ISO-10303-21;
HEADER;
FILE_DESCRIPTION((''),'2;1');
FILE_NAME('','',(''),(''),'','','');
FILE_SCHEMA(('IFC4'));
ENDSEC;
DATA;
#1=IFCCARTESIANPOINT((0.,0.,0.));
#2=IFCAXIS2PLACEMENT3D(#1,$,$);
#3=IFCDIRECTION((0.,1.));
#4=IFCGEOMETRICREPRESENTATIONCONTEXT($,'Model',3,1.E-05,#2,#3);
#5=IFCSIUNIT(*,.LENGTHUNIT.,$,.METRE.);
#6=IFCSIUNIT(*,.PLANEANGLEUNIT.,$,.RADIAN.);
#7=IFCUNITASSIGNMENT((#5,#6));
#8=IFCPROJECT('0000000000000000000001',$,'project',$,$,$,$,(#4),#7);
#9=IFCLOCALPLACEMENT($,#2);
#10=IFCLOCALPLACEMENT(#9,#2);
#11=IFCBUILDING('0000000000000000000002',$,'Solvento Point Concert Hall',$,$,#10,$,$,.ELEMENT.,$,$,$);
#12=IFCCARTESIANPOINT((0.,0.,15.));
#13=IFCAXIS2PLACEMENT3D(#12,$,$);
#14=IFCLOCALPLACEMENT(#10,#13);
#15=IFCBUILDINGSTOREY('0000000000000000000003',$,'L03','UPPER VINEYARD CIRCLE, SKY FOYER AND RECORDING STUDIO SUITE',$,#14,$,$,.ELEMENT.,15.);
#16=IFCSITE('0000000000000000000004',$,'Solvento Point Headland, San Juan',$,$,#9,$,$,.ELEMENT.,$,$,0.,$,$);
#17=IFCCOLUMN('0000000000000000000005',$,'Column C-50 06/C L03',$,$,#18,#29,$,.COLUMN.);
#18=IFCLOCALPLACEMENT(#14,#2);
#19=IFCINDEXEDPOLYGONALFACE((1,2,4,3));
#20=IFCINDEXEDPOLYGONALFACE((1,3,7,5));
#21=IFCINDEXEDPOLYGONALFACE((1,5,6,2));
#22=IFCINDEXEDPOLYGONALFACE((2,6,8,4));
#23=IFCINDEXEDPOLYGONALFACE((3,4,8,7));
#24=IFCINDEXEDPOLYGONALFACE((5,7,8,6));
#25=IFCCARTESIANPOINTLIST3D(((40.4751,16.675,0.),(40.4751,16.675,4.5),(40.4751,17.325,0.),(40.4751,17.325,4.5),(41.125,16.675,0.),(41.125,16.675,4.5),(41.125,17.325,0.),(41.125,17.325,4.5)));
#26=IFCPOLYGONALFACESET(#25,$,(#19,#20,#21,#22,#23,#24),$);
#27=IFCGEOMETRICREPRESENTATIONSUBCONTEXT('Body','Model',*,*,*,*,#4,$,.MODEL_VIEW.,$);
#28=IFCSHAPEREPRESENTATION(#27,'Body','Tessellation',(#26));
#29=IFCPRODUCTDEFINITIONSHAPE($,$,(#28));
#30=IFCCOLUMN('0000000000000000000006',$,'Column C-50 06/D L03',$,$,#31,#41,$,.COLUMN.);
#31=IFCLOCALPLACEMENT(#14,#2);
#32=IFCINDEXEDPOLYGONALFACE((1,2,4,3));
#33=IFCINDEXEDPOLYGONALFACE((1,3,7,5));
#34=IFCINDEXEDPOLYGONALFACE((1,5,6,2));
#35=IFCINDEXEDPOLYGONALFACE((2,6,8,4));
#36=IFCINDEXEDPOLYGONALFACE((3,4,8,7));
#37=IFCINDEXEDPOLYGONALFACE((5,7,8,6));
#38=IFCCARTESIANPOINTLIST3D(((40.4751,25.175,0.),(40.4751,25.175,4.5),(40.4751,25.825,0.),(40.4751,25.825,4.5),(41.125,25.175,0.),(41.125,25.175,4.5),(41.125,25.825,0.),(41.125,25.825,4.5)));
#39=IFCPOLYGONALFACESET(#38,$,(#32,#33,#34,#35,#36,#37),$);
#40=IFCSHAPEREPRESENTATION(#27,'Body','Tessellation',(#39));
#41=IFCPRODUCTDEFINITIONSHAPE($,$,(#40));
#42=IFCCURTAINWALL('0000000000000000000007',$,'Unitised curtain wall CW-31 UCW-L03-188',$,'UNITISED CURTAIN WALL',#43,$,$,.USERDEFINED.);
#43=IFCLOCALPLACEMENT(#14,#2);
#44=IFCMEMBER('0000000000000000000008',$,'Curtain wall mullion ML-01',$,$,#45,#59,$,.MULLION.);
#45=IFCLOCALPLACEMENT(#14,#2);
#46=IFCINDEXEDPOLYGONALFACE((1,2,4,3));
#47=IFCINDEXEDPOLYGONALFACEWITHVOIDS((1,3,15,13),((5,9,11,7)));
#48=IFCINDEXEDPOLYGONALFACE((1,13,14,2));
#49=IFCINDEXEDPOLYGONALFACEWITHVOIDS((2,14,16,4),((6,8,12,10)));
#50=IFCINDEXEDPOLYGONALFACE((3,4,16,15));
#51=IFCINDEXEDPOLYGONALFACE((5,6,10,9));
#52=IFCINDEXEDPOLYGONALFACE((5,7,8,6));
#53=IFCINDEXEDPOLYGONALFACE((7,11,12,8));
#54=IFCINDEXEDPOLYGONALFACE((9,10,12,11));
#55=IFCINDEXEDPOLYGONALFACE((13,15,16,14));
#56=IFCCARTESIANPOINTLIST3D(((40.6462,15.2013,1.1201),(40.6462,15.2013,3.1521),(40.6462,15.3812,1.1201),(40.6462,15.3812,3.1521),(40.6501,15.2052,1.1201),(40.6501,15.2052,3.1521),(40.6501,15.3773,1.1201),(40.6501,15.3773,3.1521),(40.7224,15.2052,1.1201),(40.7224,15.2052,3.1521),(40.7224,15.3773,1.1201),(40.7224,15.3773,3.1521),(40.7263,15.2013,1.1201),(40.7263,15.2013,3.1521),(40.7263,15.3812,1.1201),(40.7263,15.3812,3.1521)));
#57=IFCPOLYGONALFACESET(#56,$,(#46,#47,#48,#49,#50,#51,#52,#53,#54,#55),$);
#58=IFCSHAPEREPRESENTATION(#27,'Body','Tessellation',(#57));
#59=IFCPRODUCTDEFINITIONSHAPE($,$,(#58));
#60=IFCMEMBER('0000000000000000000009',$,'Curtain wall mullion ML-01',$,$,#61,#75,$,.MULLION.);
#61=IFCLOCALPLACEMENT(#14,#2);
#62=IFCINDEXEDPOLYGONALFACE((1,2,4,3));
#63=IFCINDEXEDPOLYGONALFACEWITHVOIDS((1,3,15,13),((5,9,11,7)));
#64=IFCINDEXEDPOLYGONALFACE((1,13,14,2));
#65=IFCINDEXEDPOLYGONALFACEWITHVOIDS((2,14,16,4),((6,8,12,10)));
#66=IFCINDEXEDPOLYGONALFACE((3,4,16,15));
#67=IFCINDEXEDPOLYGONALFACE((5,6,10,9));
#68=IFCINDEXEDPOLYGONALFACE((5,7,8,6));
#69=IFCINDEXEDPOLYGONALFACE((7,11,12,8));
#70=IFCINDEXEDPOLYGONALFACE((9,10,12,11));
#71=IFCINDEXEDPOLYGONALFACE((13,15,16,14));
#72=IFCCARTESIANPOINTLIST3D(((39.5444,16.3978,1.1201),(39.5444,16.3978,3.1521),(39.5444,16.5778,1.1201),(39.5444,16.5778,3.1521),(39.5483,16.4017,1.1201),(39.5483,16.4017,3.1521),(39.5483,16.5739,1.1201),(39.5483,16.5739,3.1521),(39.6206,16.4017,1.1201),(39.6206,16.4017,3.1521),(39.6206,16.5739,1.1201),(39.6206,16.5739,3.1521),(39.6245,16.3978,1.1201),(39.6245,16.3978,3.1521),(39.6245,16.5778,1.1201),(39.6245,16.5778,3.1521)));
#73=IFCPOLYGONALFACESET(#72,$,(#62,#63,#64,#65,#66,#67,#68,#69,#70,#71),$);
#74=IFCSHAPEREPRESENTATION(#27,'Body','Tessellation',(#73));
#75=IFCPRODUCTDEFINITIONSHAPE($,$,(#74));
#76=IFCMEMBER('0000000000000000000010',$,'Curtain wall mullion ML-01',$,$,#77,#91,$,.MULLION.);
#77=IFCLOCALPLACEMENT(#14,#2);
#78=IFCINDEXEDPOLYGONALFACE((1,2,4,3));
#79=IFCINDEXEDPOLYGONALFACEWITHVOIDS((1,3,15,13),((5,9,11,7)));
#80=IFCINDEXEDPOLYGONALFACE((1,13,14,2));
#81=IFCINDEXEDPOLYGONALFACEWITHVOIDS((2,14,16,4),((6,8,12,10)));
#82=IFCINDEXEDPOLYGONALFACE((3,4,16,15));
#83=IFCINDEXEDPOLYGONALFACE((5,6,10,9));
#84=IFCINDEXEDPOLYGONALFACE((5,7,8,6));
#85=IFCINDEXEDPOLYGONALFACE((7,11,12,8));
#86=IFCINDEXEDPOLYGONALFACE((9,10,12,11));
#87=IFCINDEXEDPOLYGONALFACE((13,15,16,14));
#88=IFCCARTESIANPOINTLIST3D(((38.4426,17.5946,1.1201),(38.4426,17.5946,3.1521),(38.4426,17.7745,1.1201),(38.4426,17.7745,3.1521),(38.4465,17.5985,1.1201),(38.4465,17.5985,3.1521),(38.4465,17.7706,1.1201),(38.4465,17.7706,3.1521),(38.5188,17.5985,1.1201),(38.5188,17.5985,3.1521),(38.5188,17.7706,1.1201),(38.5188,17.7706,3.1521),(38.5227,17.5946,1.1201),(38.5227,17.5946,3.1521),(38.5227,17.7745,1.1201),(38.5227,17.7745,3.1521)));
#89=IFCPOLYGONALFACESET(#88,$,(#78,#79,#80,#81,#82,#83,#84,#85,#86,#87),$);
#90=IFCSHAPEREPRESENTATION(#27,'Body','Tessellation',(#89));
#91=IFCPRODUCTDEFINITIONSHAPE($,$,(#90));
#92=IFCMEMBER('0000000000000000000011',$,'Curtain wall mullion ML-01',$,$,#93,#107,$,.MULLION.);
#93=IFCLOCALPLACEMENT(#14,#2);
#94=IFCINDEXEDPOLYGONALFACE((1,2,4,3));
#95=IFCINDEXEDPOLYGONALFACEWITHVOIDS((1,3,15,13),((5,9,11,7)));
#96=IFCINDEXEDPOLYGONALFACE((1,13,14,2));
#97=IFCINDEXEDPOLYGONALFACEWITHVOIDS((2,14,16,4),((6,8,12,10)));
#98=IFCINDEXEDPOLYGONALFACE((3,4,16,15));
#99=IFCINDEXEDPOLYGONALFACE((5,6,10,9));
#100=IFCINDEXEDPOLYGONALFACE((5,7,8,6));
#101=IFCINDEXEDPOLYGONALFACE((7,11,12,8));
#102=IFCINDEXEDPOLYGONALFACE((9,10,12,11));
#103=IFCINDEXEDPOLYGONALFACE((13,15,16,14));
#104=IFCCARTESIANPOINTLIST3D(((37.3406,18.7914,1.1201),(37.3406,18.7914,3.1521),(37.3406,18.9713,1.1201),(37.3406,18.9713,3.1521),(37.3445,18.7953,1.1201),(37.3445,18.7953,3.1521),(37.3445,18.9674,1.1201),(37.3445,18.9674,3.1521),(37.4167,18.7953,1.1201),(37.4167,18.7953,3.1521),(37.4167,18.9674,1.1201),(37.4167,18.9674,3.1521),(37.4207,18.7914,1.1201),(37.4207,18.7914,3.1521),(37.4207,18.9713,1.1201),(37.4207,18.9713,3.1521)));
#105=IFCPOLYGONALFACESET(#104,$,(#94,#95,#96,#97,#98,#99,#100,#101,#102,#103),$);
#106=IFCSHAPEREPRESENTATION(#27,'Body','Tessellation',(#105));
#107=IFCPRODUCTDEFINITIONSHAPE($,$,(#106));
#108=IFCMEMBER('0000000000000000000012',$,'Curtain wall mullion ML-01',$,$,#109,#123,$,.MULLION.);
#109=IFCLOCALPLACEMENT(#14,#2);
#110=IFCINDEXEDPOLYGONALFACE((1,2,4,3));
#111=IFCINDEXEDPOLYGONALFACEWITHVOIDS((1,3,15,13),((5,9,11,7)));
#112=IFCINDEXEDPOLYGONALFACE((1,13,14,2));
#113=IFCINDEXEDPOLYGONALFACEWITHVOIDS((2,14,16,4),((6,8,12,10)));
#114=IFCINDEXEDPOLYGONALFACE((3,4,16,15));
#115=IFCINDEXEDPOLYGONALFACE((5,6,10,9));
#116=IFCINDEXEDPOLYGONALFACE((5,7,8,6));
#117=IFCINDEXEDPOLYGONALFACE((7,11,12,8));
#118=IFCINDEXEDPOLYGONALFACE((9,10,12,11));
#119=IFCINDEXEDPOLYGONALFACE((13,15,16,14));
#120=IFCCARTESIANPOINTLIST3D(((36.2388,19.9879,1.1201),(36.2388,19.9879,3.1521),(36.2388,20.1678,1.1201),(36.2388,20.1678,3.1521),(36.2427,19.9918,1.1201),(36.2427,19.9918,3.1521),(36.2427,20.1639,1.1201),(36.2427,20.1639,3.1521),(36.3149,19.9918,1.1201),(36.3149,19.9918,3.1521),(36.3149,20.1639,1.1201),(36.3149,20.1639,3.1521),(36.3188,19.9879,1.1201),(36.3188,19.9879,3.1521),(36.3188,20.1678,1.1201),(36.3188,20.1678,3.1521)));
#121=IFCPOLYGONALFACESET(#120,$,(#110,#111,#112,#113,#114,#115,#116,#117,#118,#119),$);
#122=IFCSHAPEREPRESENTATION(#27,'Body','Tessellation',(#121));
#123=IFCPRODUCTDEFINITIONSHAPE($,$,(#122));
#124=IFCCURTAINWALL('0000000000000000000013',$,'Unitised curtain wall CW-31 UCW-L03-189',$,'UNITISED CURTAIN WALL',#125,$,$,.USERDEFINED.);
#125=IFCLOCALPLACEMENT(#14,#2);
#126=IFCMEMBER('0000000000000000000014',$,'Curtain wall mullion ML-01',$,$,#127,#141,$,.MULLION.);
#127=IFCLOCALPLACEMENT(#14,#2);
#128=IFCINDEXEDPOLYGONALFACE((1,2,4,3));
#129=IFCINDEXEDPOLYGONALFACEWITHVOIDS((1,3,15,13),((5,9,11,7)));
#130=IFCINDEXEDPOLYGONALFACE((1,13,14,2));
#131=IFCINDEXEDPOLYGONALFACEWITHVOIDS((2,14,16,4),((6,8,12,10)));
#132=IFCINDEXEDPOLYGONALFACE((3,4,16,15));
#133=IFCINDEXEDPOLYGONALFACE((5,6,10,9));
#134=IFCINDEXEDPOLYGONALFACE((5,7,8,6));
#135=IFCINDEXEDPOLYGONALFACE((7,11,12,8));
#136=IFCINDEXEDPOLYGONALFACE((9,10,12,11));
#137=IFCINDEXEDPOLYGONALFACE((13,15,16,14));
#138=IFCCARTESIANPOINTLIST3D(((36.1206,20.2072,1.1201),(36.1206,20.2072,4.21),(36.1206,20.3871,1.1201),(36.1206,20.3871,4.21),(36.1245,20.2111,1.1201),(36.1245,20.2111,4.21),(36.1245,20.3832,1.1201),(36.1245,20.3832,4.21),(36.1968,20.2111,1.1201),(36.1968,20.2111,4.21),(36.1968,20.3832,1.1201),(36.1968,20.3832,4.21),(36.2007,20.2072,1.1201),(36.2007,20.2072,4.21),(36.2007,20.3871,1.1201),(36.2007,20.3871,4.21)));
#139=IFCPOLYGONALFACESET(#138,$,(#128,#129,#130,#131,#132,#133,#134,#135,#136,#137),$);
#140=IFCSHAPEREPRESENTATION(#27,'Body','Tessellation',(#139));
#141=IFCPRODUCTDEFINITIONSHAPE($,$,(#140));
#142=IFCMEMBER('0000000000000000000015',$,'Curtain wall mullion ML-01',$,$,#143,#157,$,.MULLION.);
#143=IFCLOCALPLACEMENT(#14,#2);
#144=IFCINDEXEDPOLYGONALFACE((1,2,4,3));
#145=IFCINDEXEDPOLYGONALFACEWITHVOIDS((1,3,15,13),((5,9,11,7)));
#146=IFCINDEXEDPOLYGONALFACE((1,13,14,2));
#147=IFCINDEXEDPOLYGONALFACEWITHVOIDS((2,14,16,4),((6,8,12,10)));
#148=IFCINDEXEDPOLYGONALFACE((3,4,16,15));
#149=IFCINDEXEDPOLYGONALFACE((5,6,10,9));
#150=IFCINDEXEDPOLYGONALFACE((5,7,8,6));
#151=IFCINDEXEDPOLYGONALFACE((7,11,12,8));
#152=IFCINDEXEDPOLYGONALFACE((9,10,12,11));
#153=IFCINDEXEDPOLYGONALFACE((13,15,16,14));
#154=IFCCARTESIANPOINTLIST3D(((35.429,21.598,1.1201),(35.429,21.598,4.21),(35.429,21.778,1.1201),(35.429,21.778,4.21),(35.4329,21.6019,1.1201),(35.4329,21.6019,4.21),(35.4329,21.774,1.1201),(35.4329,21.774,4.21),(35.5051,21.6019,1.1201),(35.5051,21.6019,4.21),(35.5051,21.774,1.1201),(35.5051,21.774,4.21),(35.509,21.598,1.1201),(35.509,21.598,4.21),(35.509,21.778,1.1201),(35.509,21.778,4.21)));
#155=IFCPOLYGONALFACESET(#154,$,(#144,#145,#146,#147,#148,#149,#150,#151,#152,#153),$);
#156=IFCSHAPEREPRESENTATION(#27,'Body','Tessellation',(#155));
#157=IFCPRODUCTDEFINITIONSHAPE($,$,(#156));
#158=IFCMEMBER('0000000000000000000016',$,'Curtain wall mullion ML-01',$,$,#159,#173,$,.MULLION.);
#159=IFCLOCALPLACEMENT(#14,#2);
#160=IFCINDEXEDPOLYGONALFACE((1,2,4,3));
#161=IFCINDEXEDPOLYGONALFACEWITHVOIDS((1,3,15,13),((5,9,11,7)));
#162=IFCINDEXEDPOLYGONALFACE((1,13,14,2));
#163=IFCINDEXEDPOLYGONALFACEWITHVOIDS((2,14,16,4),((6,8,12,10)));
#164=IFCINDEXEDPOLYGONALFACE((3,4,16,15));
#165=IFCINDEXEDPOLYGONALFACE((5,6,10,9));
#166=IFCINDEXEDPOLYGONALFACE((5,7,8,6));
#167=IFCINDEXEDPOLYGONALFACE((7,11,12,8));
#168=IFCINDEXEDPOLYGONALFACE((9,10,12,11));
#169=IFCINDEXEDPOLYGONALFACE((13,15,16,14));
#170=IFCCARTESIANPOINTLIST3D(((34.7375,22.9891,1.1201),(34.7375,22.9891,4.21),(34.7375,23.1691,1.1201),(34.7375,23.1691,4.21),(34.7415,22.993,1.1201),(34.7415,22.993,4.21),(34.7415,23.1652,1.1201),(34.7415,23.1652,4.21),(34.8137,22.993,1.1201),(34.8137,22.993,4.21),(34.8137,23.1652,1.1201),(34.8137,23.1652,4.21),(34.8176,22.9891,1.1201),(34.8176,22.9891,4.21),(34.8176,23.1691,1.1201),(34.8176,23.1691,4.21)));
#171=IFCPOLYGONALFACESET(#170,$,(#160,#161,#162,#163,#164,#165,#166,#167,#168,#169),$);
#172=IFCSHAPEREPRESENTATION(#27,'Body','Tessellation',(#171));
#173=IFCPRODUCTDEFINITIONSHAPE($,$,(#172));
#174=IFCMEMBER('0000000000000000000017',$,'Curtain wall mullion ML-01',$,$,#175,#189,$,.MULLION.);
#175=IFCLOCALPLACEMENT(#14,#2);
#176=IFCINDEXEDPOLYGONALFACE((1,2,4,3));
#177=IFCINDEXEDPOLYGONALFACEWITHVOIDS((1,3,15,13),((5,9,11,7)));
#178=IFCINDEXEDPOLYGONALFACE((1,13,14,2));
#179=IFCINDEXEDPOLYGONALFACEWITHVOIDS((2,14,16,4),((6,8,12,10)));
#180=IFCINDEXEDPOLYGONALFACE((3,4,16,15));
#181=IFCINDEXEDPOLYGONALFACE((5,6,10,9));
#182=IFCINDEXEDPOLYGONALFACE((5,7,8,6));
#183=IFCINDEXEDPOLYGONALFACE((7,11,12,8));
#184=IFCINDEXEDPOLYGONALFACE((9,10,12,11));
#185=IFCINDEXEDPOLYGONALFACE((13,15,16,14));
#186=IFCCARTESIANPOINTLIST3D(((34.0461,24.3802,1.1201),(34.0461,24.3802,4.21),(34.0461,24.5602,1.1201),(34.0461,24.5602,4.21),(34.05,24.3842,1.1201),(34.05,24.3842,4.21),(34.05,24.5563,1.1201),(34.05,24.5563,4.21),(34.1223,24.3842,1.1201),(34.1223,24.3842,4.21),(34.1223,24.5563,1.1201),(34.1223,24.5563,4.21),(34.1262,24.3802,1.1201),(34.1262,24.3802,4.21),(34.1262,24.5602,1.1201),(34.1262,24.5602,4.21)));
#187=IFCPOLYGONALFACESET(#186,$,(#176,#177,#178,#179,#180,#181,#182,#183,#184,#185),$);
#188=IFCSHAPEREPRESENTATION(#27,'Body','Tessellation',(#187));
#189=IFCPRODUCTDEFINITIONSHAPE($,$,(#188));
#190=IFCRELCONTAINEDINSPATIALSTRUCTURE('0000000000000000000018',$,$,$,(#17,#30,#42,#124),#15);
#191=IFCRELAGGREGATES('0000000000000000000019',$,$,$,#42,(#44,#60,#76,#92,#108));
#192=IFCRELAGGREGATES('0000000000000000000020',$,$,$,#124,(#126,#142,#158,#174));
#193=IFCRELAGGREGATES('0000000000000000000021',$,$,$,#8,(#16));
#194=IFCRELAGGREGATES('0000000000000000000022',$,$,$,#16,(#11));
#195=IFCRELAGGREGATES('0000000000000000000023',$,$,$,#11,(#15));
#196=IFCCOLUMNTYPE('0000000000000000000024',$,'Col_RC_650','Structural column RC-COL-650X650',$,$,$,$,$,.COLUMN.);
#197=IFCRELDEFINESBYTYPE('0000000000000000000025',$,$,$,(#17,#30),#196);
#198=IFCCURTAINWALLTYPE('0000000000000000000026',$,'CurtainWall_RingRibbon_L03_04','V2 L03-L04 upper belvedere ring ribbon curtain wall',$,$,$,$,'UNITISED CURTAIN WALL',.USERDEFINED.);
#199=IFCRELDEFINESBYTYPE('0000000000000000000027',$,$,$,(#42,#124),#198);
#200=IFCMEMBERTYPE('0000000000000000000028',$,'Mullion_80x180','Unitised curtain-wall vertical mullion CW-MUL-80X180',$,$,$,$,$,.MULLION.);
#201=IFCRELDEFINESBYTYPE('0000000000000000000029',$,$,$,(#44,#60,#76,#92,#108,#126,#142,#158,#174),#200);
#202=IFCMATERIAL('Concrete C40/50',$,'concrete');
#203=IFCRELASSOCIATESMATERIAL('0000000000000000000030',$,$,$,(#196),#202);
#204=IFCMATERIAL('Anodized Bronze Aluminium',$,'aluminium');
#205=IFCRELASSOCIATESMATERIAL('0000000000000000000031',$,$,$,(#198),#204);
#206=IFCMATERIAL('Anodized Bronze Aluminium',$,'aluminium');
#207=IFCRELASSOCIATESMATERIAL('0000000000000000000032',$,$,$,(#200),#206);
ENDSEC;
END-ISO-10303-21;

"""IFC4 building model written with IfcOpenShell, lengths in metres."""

from ifc_helpers import new_model, si_unit, direction, frame, origin, origin_2d, place, context, subcontext, project, spatial, rectangle, hollow_rectangle, extrude, material, material_profile, profile_set, type_object, element, aggregate, save


model = new_model("IFC4")

# Units and contexts
model_context = context("Model", 3, precision=1e-05, world=origin(), true_north=direction((0.0, 1.0)))
body_context = subcontext(model_context, "Body", "Model", "MODEL_VIEW")
ifc_project = project(units=[si_unit("LENGTHUNIT", "METRE"), si_unit("PLANEANGLEUNIT", "RADIAN")], contexts=[model_context])

# Site, building, storey
site_placement = place(None, origin())
site = spatial("IfcSite", under=ifc_project, at=site_placement, Name="Solvento Point Headland, San Juan", CompositionType="ELEMENT", RefElevation=0.0)
building_placement = place(site_placement, origin())
building = spatial("IfcBuilding", under=site, at=building_placement, Name="Solvento Point Concert Hall", CompositionType="ELEMENT")
storey_placement = place(building_placement, frame((0.0, 0.0, 15.0)))
storey = spatial("IfcBuildingStorey", under=building, at=storey_placement, Name="L03", Description="UPPER VINEYARD CIRCLE, SKY FOYER AND RECORDING STUDIO SUITE", CompositionType="ELEMENT", Elevation=15.0)

# Columns
ifc_material_1 = material(Name="Concrete C40/50", Category="concrete")
ifc_material_profile_1 = material_profile(ifc_material_1, rectangle(XDim=0.6499, YDim=0.6499, at=origin_2d()), Name="RC-COL-650X650")
ifc_profile_set_1 = profile_set([ifc_material_profile_1], Name="Concrete C40/50")
column_type = type_object("IfcColumnType", Name="Col_RC_650", Description="Structural column RC-COL-650X650", PredefinedType="COLUMN", material=ifc_profile_set_1)
for number, where, z_axis, x_axis, name in (
    (1, (40.8, 17.0, 0.0), (0.0, 0.0, 1.0), (1.0, 0.0, 0.0), "Column C-50 06/C L03"),
    (2, (40.8, 25.5, 0.0), (0.0, 0.0, 1.0), (1.0, 0.0, 0.0), "Column C-50 06/D L03"),
):
    element("IfcColumn", number, at=place(storey_placement, frame(where, z_axis=z_axis, x_axis=x_axis)), inside=storey, type_object=column_type, Name=name, PredefinedType="COLUMN", context=body_context, shape_type="SweptSolid", body=[
        extrude(rectangle(XDim=0.6499, YDim=0.6499, at=origin_2d()), origin(), (0.0, 0.0, 1.0), 4.5),
    ])

# Curtain walls, members
ifc_material_2 = material(Name="Anodized Bronze Aluminium", Category="aluminium")
curtain_wall_type = type_object("IfcCurtainWallType", Name="CurtainWall_RingRibbon_L03_04", Description="V2 L03-L04 upper belvedere ring ribbon curtain wall", ElementType="UNITISED CURTAIN WALL", PredefinedType="USERDEFINED", material=ifc_material_2)
curtain_wall_1_placement = place(storey_placement, origin())
curtain_wall_1 = element("IfcCurtainWall", 3, at=curtain_wall_1_placement, inside=storey, type_object=curtain_wall_type, Name="Unitised curtain wall CW-31 UCW-L03-188", ObjectType="UNITISED CURTAIN WALL", PredefinedType="USERDEFINED")
ifc_material_3 = material(Name="Anodized Bronze Aluminium", Category="aluminium")
ifc_material_profile_2 = material_profile(ifc_material_3, hollow_rectangle(XDim=0.0801, YDim=0.1799, WallThickness=0.0039, at=origin_2d()), Name="CW-MUL-80X180")
ifc_profile_set_2 = profile_set([ifc_material_profile_2], Name="Anodized Bronze Aluminium")
member_type_1 = type_object("IfcMemberType", Name="Mullion_80x180", Description="Unitised curtain-wall vertical mullion CW-MUL-80X180", PredefinedType="MULLION", material=ifc_profile_set_2)
member_1_placement = place(storey_placement, frame((40.6863, 15.2913, 1.1201), z_axis=(0.0, 0.0, 1.0), x_axis=(1.0, 0.0, 0.0)))
member_1 = element("IfcMember", 4, at=member_1_placement, type_object=member_type_1, Name="Curtain wall mullion ML-01", PredefinedType="MULLION", context=body_context, shape_type="SweptSolid", body=[
    extrude(hollow_rectangle(XDim=0.0801, YDim=0.1799, WallThickness=0.0039, at=origin_2d()), origin(), (0.0, 0.0, 1.0), 2.032),
])
member_2_placement = place(storey_placement, frame((39.5845, 16.4878, 1.1201), z_axis=(0.0, 0.0, 1.0), x_axis=(1.0, 0.0, 0.0)))
member_2 = element("IfcMember", 5, at=member_2_placement, type_object=member_type_1, Name="Curtain wall mullion ML-01", PredefinedType="MULLION", context=body_context, shape_type="SweptSolid", body=[
    extrude(hollow_rectangle(XDim=0.0801, YDim=0.1799, WallThickness=0.0039, at=origin_2d()), origin(), (0.0, 0.0, 1.0), 2.032),
])
member_3_placement = place(storey_placement, frame((38.4827, 17.6846, 1.1201), z_axis=(0.0, 0.0, 1.0), x_axis=(1.0, 0.0, 0.0)))
member_3 = element("IfcMember", 6, at=member_3_placement, type_object=member_type_1, Name="Curtain wall mullion ML-01", PredefinedType="MULLION", context=body_context, shape_type="SweptSolid", body=[
    extrude(hollow_rectangle(XDim=0.0801, YDim=0.1799, WallThickness=0.0039, at=origin_2d()), origin(), (0.0, 0.0, 1.0), 2.032),
])
member_4_placement = place(storey_placement, frame((37.3806, 18.8813, 1.1201), z_axis=(0.0, 0.0, 1.0), x_axis=(1.0, 0.0, 0.0)))
member_4 = element("IfcMember", 7, at=member_4_placement, type_object=member_type_1, Name="Curtain wall mullion ML-01", PredefinedType="MULLION", context=body_context, shape_type="SweptSolid", body=[
    extrude(hollow_rectangle(XDim=0.0801, YDim=0.1799, WallThickness=0.0039, at=origin_2d()), origin(), (0.0, 0.0, 1.0), 2.032),
])
member_5_placement = place(storey_placement, frame((36.2788, 20.0779, 1.1201), z_axis=(0.0, 0.0, 1.0), x_axis=(1.0, 0.0, 0.0)))
member_5 = element("IfcMember", 8, at=member_5_placement, type_object=member_type_1, Name="Curtain wall mullion ML-01", PredefinedType="MULLION", context=body_context, shape_type="SweptSolid", body=[
    extrude(hollow_rectangle(XDim=0.0801, YDim=0.1799, WallThickness=0.0039, at=origin_2d()), origin(), (0.0, 0.0, 1.0), 2.032),
])
curtain_wall_2_placement = place(storey_placement, origin())
curtain_wall_2 = element("IfcCurtainWall", 9, at=curtain_wall_2_placement, inside=storey, type_object=curtain_wall_type, Name="Unitised curtain wall CW-31 UCW-L03-189", ObjectType="UNITISED CURTAIN WALL", PredefinedType="USERDEFINED")
member_6_placement = place(storey_placement, frame((36.1606, 20.2971, 1.1201), z_axis=(0.0, 0.0, 1.0), x_axis=(1.0, 0.0, 0.0)))
member_6 = element("IfcMember", 10, at=member_6_placement, type_object=member_type_1, Name="Curtain wall mullion ML-01", PredefinedType="MULLION", context=body_context, shape_type="SweptSolid", body=[
    extrude(hollow_rectangle(XDim=0.0801, YDim=0.1799, WallThickness=0.0039, at=origin_2d()), origin(), (0.0, 0.0, 1.0), 3.0898),
])
member_7_placement = place(storey_placement, frame((35.469, 21.688, 1.1201), z_axis=(0.0, 0.0, 1.0), x_axis=(1.0, 0.0, 0.0)))
member_7 = element("IfcMember", 11, at=member_7_placement, type_object=member_type_1, Name="Curtain wall mullion ML-01", PredefinedType="MULLION", context=body_context, shape_type="SweptSolid", body=[
    extrude(hollow_rectangle(XDim=0.0801, YDim=0.1799, WallThickness=0.0039, at=origin_2d()), origin(), (0.0, 0.0, 1.0), 3.0898),
])
member_8_placement = place(storey_placement, frame((34.7776, 23.0791, 1.1201), z_axis=(0.0, 0.0, 1.0), x_axis=(1.0, 0.0, 0.0)))
member_8 = element("IfcMember", 12, at=member_8_placement, type_object=member_type_1, Name="Curtain wall mullion ML-01", PredefinedType="MULLION", context=body_context, shape_type="SweptSolid", body=[
    extrude(hollow_rectangle(XDim=0.0801, YDim=0.1799, WallThickness=0.0039, at=origin_2d()), origin(), (0.0, 0.0, 1.0), 3.0898),
])
member_9_placement = place(storey_placement, frame((34.0862, 24.4702, 1.1201), z_axis=(0.0, 0.0, 1.0), x_axis=(1.0, 0.0, 0.0)))
member_9 = element("IfcMember", 13, at=member_9_placement, type_object=member_type_1, Name="Curtain wall mullion ML-01", PredefinedType="MULLION", context=body_context, shape_type="SweptSolid", body=[
    extrude(hollow_rectangle(XDim=0.0801, YDim=0.1799, WallThickness=0.0039, at=origin_2d()), origin(), (0.0, 0.0, 1.0), 3.0898),
])

aggregate(curtain_wall_1, [member_1, member_2, member_3, member_4, member_5])
aggregate(curtain_wall_2, [member_6, member_7, member_8, member_9])

save(model, "model.ifc")
